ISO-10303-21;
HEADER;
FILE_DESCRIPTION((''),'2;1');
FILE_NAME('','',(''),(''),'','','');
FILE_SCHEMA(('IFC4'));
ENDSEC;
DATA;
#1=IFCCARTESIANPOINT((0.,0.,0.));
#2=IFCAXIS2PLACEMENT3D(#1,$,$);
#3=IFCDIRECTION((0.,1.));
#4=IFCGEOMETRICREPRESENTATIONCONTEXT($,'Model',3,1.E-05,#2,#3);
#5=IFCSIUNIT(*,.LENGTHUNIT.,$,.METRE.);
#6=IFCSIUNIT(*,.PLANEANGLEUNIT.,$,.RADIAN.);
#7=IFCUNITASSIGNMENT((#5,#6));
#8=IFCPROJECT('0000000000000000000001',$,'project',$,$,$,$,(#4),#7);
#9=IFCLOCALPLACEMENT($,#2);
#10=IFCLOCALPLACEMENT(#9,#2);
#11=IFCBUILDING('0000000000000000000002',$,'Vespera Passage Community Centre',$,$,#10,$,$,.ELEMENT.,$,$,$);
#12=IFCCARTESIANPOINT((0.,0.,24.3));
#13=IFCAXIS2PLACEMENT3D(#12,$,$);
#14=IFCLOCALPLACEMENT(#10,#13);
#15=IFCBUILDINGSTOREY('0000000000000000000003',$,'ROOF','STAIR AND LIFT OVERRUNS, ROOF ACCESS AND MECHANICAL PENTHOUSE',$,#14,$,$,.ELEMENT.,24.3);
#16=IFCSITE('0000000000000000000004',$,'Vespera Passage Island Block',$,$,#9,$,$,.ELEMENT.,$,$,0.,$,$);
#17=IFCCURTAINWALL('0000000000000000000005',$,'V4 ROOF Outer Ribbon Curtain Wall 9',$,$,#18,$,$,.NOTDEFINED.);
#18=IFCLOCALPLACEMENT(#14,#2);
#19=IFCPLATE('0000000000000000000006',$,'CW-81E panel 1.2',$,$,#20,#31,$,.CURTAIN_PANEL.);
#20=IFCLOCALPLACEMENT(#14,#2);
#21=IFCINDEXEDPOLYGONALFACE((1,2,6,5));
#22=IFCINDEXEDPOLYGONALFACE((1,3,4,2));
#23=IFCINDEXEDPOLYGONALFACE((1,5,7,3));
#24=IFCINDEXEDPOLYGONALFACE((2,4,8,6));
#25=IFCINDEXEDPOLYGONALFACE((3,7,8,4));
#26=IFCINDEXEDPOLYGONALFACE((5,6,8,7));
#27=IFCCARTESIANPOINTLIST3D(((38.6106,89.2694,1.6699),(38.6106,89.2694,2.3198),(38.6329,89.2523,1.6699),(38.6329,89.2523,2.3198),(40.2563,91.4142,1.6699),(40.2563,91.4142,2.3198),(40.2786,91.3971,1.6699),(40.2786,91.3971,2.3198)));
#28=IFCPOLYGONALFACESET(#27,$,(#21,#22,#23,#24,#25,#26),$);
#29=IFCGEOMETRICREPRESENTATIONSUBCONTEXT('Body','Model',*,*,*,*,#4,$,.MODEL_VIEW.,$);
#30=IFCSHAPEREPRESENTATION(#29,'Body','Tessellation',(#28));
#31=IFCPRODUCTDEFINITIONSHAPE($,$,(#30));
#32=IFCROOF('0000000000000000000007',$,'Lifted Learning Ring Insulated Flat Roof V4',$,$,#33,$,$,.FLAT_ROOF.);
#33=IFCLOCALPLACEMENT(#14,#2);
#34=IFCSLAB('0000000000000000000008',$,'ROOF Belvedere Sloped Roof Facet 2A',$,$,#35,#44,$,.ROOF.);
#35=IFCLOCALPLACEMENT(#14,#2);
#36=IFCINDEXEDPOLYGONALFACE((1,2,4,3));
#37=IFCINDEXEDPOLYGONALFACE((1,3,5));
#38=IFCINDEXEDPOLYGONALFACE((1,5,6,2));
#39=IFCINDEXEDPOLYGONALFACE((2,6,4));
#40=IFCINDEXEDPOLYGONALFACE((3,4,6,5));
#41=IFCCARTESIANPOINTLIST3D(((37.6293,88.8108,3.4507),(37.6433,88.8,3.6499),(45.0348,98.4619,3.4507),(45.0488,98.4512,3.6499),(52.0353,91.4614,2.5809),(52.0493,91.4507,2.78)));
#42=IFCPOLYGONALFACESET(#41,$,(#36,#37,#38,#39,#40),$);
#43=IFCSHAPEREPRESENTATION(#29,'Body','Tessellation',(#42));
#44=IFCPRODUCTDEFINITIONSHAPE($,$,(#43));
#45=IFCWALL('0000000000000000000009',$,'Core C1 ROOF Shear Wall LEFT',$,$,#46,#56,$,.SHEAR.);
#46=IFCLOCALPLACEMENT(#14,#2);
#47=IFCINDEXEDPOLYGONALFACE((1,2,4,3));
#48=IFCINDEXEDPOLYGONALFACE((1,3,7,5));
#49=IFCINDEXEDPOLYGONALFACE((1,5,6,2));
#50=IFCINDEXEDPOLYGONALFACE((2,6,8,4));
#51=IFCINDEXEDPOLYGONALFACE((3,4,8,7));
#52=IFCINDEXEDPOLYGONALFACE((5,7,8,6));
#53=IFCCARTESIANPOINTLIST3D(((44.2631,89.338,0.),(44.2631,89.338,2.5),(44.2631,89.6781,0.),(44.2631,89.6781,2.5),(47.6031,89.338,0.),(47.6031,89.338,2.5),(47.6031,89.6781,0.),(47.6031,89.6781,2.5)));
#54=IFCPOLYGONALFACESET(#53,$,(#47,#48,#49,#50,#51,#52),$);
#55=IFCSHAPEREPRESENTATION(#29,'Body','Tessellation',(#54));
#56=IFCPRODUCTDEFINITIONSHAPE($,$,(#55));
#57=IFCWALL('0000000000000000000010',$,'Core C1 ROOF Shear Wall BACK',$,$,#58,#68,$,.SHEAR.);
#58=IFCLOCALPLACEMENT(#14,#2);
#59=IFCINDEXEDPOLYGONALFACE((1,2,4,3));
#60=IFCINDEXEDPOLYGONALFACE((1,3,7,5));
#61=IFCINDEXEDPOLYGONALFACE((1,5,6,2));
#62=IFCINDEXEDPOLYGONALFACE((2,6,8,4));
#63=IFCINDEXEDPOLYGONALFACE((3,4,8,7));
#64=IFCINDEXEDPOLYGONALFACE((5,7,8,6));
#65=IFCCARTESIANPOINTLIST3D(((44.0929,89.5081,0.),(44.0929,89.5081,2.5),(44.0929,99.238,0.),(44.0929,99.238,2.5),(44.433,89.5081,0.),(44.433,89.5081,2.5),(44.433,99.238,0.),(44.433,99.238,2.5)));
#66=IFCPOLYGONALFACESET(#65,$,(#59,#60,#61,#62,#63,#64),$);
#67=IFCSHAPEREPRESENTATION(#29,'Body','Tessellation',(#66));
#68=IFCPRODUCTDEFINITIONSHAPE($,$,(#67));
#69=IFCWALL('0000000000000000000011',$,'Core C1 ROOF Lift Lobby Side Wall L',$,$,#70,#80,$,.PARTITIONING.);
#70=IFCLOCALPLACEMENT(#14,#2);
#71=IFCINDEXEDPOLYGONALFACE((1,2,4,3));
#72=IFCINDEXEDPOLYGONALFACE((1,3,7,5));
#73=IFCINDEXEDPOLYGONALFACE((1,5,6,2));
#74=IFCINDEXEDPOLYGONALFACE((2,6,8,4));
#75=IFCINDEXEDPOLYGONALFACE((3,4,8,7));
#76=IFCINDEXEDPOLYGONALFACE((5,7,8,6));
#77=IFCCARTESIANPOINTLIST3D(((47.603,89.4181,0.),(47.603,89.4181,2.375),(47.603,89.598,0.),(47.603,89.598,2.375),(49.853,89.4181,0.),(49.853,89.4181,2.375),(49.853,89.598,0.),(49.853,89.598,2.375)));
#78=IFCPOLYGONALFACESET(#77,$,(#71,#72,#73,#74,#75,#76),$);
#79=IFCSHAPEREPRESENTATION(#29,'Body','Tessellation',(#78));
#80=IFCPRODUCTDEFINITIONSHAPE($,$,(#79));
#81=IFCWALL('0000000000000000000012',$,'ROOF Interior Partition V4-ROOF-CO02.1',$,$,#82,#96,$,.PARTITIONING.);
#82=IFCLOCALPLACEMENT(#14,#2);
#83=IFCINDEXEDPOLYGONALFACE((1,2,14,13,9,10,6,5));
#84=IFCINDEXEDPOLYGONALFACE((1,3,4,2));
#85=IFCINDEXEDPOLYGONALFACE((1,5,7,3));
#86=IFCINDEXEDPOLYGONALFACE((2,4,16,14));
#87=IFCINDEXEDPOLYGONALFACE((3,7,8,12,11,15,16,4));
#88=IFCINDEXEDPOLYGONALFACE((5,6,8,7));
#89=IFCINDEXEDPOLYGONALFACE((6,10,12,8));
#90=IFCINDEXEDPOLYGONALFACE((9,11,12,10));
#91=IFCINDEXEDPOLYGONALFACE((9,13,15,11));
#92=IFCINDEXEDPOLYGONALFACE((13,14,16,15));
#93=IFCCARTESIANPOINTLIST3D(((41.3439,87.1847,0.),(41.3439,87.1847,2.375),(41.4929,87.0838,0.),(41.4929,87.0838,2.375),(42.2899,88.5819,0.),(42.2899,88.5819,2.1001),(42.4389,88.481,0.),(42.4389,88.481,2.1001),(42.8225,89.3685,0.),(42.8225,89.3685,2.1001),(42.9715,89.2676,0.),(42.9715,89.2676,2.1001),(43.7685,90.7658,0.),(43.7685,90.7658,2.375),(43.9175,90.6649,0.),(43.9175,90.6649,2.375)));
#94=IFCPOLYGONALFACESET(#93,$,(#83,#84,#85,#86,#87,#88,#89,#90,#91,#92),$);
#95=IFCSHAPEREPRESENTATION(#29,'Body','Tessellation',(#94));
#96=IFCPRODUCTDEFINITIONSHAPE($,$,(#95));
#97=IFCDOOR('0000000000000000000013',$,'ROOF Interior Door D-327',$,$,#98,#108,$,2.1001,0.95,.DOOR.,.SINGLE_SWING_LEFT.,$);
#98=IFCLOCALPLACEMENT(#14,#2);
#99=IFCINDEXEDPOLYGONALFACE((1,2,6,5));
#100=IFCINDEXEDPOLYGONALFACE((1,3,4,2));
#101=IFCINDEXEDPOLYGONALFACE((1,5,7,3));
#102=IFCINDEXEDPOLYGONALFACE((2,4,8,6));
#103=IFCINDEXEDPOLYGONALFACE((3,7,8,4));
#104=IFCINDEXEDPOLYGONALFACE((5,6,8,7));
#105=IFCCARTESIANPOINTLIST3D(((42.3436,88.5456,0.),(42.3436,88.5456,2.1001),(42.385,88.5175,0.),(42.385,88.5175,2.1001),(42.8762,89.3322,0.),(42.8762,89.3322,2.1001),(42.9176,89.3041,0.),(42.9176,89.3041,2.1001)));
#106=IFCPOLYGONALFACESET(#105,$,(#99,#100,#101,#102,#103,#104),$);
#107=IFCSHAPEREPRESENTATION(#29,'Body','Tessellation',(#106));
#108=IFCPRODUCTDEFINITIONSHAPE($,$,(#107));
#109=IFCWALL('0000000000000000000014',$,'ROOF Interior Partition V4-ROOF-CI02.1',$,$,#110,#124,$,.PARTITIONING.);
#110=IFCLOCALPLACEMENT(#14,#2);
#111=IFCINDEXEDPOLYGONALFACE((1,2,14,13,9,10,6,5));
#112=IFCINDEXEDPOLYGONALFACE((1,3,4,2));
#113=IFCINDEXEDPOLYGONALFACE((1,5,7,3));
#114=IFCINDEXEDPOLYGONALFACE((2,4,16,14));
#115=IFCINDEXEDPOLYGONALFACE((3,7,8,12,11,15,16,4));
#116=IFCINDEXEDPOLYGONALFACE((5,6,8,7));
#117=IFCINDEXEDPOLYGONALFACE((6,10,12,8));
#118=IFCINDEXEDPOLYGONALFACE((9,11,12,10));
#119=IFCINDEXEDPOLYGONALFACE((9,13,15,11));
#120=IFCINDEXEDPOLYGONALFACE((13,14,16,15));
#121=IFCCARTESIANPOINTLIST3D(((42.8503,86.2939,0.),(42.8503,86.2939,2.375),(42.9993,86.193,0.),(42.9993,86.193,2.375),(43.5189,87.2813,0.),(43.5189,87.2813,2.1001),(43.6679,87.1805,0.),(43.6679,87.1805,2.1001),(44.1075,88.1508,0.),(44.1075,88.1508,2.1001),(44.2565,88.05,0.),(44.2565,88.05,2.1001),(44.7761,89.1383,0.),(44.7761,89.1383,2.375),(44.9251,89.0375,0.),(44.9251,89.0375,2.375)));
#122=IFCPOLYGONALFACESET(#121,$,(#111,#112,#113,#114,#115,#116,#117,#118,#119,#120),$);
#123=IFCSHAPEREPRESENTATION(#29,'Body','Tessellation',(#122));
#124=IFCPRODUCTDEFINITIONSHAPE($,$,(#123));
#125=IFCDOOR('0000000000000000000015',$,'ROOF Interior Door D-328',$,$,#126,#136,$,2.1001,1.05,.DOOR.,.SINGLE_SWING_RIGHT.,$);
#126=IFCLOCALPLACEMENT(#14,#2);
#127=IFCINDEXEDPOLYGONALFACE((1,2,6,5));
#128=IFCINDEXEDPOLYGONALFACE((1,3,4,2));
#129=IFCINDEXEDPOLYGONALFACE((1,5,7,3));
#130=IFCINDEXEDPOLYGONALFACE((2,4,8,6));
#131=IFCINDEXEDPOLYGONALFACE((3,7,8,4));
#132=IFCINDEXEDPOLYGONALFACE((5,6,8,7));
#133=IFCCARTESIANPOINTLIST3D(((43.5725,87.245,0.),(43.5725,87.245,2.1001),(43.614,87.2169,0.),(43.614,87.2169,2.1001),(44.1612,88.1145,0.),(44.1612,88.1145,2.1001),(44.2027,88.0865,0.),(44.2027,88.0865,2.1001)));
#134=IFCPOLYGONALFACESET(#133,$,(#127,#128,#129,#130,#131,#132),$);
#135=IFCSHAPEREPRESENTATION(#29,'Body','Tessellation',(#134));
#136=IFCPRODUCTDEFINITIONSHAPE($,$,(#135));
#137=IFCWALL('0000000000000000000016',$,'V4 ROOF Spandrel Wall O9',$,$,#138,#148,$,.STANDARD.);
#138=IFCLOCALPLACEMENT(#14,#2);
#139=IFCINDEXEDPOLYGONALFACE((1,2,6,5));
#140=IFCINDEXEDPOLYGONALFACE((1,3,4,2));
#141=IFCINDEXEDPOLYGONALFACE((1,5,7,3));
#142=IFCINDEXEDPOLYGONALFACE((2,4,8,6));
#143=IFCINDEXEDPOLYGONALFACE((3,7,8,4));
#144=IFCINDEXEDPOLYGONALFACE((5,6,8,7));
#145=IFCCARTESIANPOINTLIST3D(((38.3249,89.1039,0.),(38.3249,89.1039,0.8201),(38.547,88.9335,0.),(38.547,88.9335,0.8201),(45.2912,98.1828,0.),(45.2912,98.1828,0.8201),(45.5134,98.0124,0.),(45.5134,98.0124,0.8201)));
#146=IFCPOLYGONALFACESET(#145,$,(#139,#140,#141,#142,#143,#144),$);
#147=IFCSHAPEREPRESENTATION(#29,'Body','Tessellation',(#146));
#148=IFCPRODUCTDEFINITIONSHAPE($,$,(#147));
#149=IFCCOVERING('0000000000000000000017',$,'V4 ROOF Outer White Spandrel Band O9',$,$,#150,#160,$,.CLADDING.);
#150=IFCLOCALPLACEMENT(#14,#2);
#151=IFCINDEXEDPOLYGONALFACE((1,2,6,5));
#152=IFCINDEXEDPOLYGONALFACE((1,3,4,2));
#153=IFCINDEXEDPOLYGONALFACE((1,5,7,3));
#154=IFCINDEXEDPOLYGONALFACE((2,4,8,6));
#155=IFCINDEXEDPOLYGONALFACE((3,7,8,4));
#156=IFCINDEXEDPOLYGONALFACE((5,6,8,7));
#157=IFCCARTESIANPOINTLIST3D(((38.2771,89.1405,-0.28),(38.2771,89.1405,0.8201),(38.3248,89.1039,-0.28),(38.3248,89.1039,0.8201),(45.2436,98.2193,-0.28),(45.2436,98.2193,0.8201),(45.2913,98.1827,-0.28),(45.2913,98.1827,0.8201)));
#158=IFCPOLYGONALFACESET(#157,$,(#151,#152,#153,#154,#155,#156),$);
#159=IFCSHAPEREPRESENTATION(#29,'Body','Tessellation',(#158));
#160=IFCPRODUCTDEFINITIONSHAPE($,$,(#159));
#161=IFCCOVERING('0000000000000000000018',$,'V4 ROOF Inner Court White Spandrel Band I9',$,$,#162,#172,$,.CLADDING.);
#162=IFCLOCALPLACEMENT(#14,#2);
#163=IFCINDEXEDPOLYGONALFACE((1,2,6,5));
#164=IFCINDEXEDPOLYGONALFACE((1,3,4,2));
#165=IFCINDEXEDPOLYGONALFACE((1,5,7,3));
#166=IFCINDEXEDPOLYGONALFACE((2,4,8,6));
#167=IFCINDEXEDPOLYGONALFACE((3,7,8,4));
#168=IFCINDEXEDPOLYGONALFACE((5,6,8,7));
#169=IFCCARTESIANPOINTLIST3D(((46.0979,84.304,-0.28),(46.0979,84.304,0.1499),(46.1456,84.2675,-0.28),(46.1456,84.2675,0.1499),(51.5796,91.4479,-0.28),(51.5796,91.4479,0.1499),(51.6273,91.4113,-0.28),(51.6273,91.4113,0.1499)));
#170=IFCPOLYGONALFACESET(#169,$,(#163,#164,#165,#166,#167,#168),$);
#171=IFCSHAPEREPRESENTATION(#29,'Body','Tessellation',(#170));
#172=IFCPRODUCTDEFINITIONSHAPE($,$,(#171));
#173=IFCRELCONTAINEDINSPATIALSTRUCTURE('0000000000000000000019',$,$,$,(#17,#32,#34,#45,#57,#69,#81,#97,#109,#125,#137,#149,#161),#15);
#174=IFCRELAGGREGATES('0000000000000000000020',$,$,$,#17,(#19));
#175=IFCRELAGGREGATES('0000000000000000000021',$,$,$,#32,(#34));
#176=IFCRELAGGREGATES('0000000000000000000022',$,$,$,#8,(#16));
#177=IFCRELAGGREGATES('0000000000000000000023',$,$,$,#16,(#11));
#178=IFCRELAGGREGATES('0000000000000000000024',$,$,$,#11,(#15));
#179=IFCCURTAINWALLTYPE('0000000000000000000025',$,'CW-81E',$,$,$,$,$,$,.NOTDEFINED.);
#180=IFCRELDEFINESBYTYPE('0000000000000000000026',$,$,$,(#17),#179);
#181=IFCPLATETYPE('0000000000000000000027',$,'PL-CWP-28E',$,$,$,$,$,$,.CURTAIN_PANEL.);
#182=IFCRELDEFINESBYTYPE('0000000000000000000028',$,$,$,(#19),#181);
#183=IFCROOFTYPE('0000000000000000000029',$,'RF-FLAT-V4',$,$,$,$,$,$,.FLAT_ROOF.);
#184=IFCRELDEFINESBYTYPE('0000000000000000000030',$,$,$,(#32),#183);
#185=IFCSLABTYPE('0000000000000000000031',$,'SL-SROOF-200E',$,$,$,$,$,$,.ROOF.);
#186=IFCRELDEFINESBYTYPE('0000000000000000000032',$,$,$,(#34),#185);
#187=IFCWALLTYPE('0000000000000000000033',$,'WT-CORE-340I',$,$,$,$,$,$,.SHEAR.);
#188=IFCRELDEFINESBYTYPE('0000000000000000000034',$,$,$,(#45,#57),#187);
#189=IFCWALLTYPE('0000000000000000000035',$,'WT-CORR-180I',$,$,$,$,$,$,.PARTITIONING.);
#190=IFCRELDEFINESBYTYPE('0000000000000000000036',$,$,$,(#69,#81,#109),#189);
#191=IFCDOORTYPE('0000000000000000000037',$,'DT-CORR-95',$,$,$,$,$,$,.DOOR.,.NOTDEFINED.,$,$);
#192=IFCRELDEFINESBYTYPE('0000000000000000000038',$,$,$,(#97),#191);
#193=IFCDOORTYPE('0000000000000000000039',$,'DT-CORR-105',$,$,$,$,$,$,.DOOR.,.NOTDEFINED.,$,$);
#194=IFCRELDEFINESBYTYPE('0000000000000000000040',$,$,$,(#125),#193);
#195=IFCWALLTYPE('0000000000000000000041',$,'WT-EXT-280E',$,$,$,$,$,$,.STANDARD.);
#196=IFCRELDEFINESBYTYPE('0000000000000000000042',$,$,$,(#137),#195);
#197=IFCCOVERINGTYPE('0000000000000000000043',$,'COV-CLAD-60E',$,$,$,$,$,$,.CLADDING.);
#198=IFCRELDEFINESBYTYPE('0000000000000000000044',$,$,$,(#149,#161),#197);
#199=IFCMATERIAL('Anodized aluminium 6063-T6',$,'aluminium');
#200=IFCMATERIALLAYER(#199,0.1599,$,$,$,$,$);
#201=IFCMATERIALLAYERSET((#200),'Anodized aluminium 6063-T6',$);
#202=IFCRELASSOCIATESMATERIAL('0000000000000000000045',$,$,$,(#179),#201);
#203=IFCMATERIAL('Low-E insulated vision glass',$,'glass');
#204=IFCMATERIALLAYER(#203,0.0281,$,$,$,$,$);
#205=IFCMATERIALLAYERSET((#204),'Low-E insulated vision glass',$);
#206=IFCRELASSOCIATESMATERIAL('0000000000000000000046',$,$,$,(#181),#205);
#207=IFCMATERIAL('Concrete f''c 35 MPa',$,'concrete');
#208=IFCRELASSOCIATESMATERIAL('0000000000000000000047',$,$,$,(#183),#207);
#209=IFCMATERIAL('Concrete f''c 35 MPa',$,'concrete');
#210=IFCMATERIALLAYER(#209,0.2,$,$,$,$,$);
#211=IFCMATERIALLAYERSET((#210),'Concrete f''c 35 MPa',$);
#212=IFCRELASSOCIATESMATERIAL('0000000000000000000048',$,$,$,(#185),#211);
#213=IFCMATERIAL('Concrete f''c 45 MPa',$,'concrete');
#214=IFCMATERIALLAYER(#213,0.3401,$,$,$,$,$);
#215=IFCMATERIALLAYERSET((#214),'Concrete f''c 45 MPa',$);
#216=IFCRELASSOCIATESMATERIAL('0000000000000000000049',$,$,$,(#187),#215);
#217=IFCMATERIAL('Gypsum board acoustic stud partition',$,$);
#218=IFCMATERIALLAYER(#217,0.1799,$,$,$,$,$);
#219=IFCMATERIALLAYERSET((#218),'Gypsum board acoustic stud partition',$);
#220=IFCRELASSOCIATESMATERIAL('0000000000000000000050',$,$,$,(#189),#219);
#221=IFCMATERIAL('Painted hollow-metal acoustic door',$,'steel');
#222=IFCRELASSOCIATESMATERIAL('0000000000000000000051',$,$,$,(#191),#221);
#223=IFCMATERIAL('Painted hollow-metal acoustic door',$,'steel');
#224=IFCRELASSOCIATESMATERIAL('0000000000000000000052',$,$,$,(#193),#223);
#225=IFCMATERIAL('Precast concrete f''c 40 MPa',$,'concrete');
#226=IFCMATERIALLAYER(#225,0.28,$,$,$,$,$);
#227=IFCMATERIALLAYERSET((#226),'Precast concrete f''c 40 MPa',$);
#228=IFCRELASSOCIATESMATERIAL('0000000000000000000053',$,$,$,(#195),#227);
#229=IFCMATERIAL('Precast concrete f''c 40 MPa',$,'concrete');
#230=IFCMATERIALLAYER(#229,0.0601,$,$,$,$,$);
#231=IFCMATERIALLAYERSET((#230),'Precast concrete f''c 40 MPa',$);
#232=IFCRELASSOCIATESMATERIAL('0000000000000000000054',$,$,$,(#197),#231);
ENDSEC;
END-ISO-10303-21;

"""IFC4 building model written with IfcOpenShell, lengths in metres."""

from ifc_helpers import new_model, si_unit, direction, frame, frame_2d, origin, origin_2d, place, context, subcontext, project, spatial, polyline, rectangle, outline, extrude, material, layer, layer_set, type_object, element, fill, aggregate, save


model = new_model("IFC4")

# Units and contexts
model_context = context("Model", 3, precision=1e-05, world=origin(), true_north=direction((0.0, 1.0)))
body_context = subcontext(model_context, "Body", "Model", "MODEL_VIEW")
ifc_project = project(units=[si_unit("LENGTHUNIT", "METRE"), si_unit("PLANEANGLEUNIT", "RADIAN")], contexts=[model_context])

# Site, building, storey
site_placement = place(None, origin())
site = spatial("IfcSite", under=ifc_project, at=site_placement, Name="Vespera Passage Island Block", CompositionType="ELEMENT", RefElevation=0.0)
building_placement = place(site_placement, origin())
building = spatial("IfcBuilding", under=site, at=building_placement, Name="Vespera Passage Community Centre", CompositionType="ELEMENT")
storey_placement = place(building_placement, frame((0.0, 0.0, 24.3)))
storey = spatial("IfcBuildingStorey", under=building, at=storey_placement, Name="ROOF", Description="STAIR AND LIFT OVERRUNS, ROOF ACCESS AND MECHANICAL PENTHOUSE", CompositionType="ELEMENT", Elevation=24.3)

# Curtain wall
ifc_material_1 = material(Name="Anodized aluminium 6063-T6", Category="aluminium")
ifc_layer_1 = layer(ifc_material_1, 0.1599)
ifc_layer_set_1 = layer_set([ifc_layer_1], Name="Anodized aluminium 6063-T6")
curtain_wall_type_1 = type_object("IfcCurtainWallType", Name="CW-81E", PredefinedType="NOTDEFINED", material=ifc_layer_set_1)
curtain_wall_1_placement = place(storey_placement, origin())
curtain_wall_1 = element("IfcCurtainWall", 1, at=curtain_wall_1_placement, inside=storey, type_object=curtain_wall_type_1, Name="V4 ROOF Outer Ribbon Curtain Wall 9", PredefinedType="NOTDEFINED")

# Plate
ifc_material_2 = material(Name="Low-E insulated vision glass", Category="glass")
ifc_layer_2 = layer(ifc_material_2, 0.0281)
ifc_layer_set_2 = layer_set([ifc_layer_2], Name="Low-E insulated vision glass")
plate_type_1 = type_object("IfcPlateType", Name="PL-CWP-28E", PredefinedType="CURTAIN_PANEL", material=ifc_layer_set_2)
plate_1_placement = place(storey_placement, frame((39.4446, 90.3333, 1.6699), z_axis=(0.0, 0.0, 1.0), x_axis=(0.608765, 0.79335, 0.0)))
plate_1 = element("IfcPlate", 2, at=plate_1_placement, type_object=plate_type_1, Name="CW-81E panel 1.2", PredefinedType="CURTAIN_PANEL", context=body_context, shape_type="SweptSolid", body=[
    extrude(rectangle(XDim=2.7034, YDim=0.0281, at=origin_2d()), origin(), (0.0, 0.0, 1.0), 0.6499),
])
aggregate(curtain_wall_1, [plate_1])

# Roof, slab
ifc_material_3 = material(Name="Concrete f'c 35 MPa", Category="concrete")
roof_type = type_object("IfcRoofType", Name="RF-FLAT-V4", PredefinedType="FLAT_ROOF", material=ifc_material_3)
roof_placement = place(storey_placement, origin())
roof = element("IfcRoof", 3, at=roof_placement, inside=storey, type_object=roof_type, Name="Lifted Learning Ring Insulated Flat Roof V4", PredefinedType="FLAT_ROOF")
ifc_material_4 = material(Name="Concrete f'c 35 MPa", Category="concrete")
ifc_layer_3 = layer(ifc_material_4, 0.2)
ifc_layer_set_3 = layer_set([ifc_layer_3], Name="Concrete f'c 35 MPa")
slab_type = type_object("IfcSlabType", Name="SL-SROOF-200E", PredefinedType="ROOF", material=ifc_layer_set_3)
slab_placement = place(storey_placement, frame((52.0493, 91.4507, 2.78), z_axis=(0.070035, -0.053739, 0.996096), x_axis=(-0.704393, 0.704393, 0.087527)))
slab = element("IfcSlab", 4, at=slab_placement, inside=storey, type_object=slab_type, Name="ROOF Belvedere Sloped Roof Facet 2A", PredefinedType="ROOF", context=body_context, shape_type="SweptSolid", body=[
    extrude(outline(polyline([(0.0, 0.0), (9.9383, 0.0), (8.3565, 12.0617), (0.0, 0.0)])), origin(), (0.0, 0.0, -1.0), 0.2),
])
aggregate(roof, [slab])

# Walls
ifc_material_5 = material(Name="Concrete f'c 45 MPa", Category="concrete")
ifc_layer_4 = layer(ifc_material_5, 0.3401)
ifc_layer_set_4 = layer_set([ifc_layer_4], Name="Concrete f'c 45 MPa")
wall_type_1 = type_object("IfcWallType", Name="WT-CORE-340I", PredefinedType="SHEAR", material=ifc_layer_set_4)
wall_1_placement = place(storey_placement, frame((47.603, 89.5081, 0.0), z_axis=(0.0, 0.0, 1.0), x_axis=(-1.0, 0.0, 0.0)))
element("IfcWall", 5, at=wall_1_placement, inside=storey, type_object=wall_type_1, Name="Core C1 ROOF Shear Wall LEFT", PredefinedType="SHEAR", context=body_context, shape_type="SweptSolid", body=[
    extrude(rectangle(XDim=3.3401, YDim=0.3401, at=frame_2d((1.6699, 0.0))), origin(), (0.0, 0.0, 1.0), 2.5),
])
wall_2_placement = place(storey_placement, frame((44.2629, 89.5081, 0.0), z_axis=(0.0, 0.0, 1.0), x_axis=(0.0, 1.0, 0.0)))
element("IfcWall", 6, at=wall_2_placement, inside=storey, type_object=wall_type_1, Name="Core C1 ROOF Shear Wall BACK", PredefinedType="SHEAR", context=body_context, shape_type="SweptSolid", body=[
    extrude(rectangle(XDim=9.73, YDim=0.3401, at=frame_2d((4.865, 0.0))), origin(), (0.0, 0.0, 1.0), 2.5),
])

# Shared definitions
ifc_material_6 = material(Name="Gypsum board acoustic stud partition")
ifc_layer_5 = layer(ifc_material_6, 0.1799)
ifc_layer_set_5 = layer_set([ifc_layer_5], Name="Gypsum board acoustic stud partition")
wall_type_2 = type_object("IfcWallType", Name="WT-CORR-180I", PredefinedType="PARTITIONING", material=ifc_layer_set_5)

# Wall
wall_3_placement = place(storey_placement, frame((47.603, 89.5081, 0.0), z_axis=(0.0, 0.0, 1.0), x_axis=(1.0, 0.0, 0.0)))
element("IfcWall", 7, at=wall_3_placement, inside=storey, type_object=wall_type_2, Name="Core C1 ROOF Lift Lobby Side Wall L", PredefinedType="PARTITIONING", context=body_context, shape_type="SweptSolid", body=[
    extrude(rectangle(XDim=2.25, YDim=0.1799, at=frame_2d((1.125, 0.0))), origin(), (0.0, 0.0, 1.0), 2.375),
])

# Walls, openings, doors
wall_4_placement = place(storey_placement, frame((43.843, 90.7153, 0.0), z_axis=(0.0, 0.0, 1.0), x_axis=(-0.56064, -0.82806, 0.0)))
wall_4 = element("IfcWall", 8, at=wall_4_placement, inside=storey, type_object=wall_type_2, Name="ROOF Interior Partition V4-ROOF-CO02.1", PredefinedType="PARTITIONING", context=body_context, shape_type="SweptSolid", body=[
    extrude(rectangle(XDim=4.3247, YDim=0.1799, at=frame_2d((2.1624, 0.0))), origin(), (0.0, 0.0, 1.0), 2.375),
])
opening_1_placement = place(wall_4_placement, frame((1.6873, 0.0, 0.0)))
opening_1 = element("IfcOpeningElement", 9, at=opening_1_placement, cuts=wall_4, PredefinedType="OPENING", context=body_context, shape_type="SweptSolid", body=[
    extrude(rectangle(XDim=0.95, YDim=2.1001, at=frame_2d((0.4751, 1.05))), frame((0.0, 0.0999, 0.0), z_axis=(0.0, -1.0, 0.0), x_axis=(1.0, 0.0, 0.0)), (0.0, 0.0, 1.0), 0.2),
])
ifc_material_7 = material(Name="Painted hollow-metal acoustic door", Category="steel")
door_type_1 = type_object("IfcDoorType", Name="DT-CORR-95", OperationType="NOTDEFINED", PredefinedType="DOOR", material=ifc_material_7)
door_1_placement = place(opening_1_placement, origin())
door_1 = element("IfcDoor", 10, at=door_1_placement, inside=storey, type_object=door_type_1, Name="ROOF Interior Door D-327", OperationType="SINGLE_SWING_LEFT", OverallHeight=2.1001, OverallWidth=0.95, PredefinedType="DOOR", context=body_context, shape_type="SweptSolid", body=[
    extrude(rectangle(XDim=0.95, YDim=2.1001, at=frame_2d((0.4751, 1.05))), frame((0.0, 0.0249, 0.0), z_axis=(0.0, -1.0, 0.0), x_axis=(1.0, 0.0, 0.0)), (0.0, 0.0, 1.0), 0.05),
])
fill(opening_1, door_1)
wall_5_placement = place(storey_placement, frame((44.8506, 89.0879, 0.0), z_axis=(0.0, 0.0, 1.0), x_axis=(-0.560623, -0.828071, 0.0)))
wall_5 = element("IfcWall", 11, at=wall_5_placement, inside=storey, type_object=wall_type_2, Name="ROOF Interior Partition V4-ROOF-CI02.1", PredefinedType="PARTITIONING", context=body_context, shape_type="SweptSolid", body=[
    extrude(rectangle(XDim=3.4351, YDim=0.1799, at=frame_2d((1.7175, 0.0))), origin(), (0.0, 0.0, 1.0), 2.375),
])
opening_2_placement = place(wall_5_placement, frame((1.1926, 0.0, 0.0)))
opening_2 = element("IfcOpeningElement", 12, at=opening_2_placement, cuts=wall_5, PredefinedType="OPENING", context=body_context, shape_type="SweptSolid", body=[
    extrude(rectangle(XDim=1.05, YDim=2.1001, at=frame_2d((0.5249, 1.05))), frame((0.0, 0.0999, 0.0), z_axis=(0.0, -1.0, 0.0), x_axis=(1.0, 0.0, 0.0)), (0.0, 0.0, 1.0), 0.2),
])
ifc_material_8 = material(Name="Painted hollow-metal acoustic door", Category="steel")
door_type_2 = type_object("IfcDoorType", Name="DT-CORR-105", OperationType="NOTDEFINED", PredefinedType="DOOR", material=ifc_material_8)
door_2_placement = place(opening_2_placement, origin())
door_2 = element("IfcDoor", 13, at=door_2_placement, inside=storey, type_object=door_type_2, Name="ROOF Interior Door D-328", OperationType="SINGLE_SWING_RIGHT", OverallHeight=2.1001, OverallWidth=1.05, PredefinedType="DOOR", context=body_context, shape_type="SweptSolid", body=[
    extrude(rectangle(XDim=1.05, YDim=2.1001, at=frame_2d((0.5249, 1.05))), frame((0.0, 0.0249, 0.0), z_axis=(0.0, -1.0, 0.0), x_axis=(1.0, 0.0, 0.0)), (0.0, 0.0, 1.0), 0.05),
])
fill(opening_2, door_2)

# Wall
ifc_material_9 = material(Name="Precast concrete f'c 40 MPa", Category="concrete")
ifc_layer_6 = layer(ifc_material_9, 0.28)
ifc_layer_set_6 = layer_set([ifc_layer_6], Name="Precast concrete f'c 40 MPa")
wall_type_3 = type_object("IfcWallType", Name="WT-EXT-280E", PredefinedType="STANDARD", material=ifc_layer_set_6)
wall_6_placement = place(storey_placement, frame((38.436, 89.0188, 0.0), z_axis=(0.0, 0.0, 1.0), x_axis=(0.608754, 0.793359, 0.0)))
element("IfcWall", 14, at=wall_6_placement, inside=storey, type_object=wall_type_3, Name="V4 ROOF Spandrel Wall O9", PredefinedType="STANDARD", context=body_context, shape_type="SweptSolid", body=[
    extrude(rectangle(XDim=11.4436, YDim=0.28, at=frame_2d((5.7217, 0.0))), origin(), (0.0, 0.0, 1.0), 0.8201),
])

# Coverings
ifc_material_10 = material(Name="Precast concrete f'c 40 MPa", Category="concrete")
ifc_layer_7 = layer(ifc_material_10, 0.0601)
ifc_layer_set_7 = layer_set([ifc_layer_7], Name="Precast concrete f'c 40 MPa")
covering_type = type_object("IfcCoveringType", Name="COV-CLAD-60E", PredefinedType="CLADDING", material=ifc_layer_set_7)
covering_1_placement = place(storey_placement, frame((38.301, 89.1223, -0.28), z_axis=(0.0, 0.0, 1.0), x_axis=(0.608767, 0.793349, 0.0)))
element("IfcCovering", 15, at=covering_1_placement, inside=storey, type_object=covering_type, Name="V4 ROOF Outer White Spandrel Band O9", PredefinedType="CLADDING", context=body_context, shape_type="SweptSolid", body=[
    extrude(rectangle(XDim=11.4436, YDim=0.0601, at=frame_2d((5.7217, 0.0))), origin(), (0.0, 0.0, 1.0), 1.1001),
])
covering_2_placement = place(storey_placement, frame((51.6035, 91.4297, -0.28), z_axis=(0.0, 0.0, 1.0), x_axis=(-0.608766, -0.79335, 0.0)))
element("IfcCovering", 16, at=covering_2_placement, inside=storey, type_object=covering_type, Name="V4 ROOF Inner Court White Spandrel Band I9", PredefinedType="CLADDING", context=body_context, shape_type="SweptSolid", body=[
    extrude(rectangle(XDim=9.0046, YDim=0.0601, at=frame_2d((4.5024, 0.0))), origin(), (0.0, 0.0, 1.0), 0.4299),
])

save(model, "model.ifc")
